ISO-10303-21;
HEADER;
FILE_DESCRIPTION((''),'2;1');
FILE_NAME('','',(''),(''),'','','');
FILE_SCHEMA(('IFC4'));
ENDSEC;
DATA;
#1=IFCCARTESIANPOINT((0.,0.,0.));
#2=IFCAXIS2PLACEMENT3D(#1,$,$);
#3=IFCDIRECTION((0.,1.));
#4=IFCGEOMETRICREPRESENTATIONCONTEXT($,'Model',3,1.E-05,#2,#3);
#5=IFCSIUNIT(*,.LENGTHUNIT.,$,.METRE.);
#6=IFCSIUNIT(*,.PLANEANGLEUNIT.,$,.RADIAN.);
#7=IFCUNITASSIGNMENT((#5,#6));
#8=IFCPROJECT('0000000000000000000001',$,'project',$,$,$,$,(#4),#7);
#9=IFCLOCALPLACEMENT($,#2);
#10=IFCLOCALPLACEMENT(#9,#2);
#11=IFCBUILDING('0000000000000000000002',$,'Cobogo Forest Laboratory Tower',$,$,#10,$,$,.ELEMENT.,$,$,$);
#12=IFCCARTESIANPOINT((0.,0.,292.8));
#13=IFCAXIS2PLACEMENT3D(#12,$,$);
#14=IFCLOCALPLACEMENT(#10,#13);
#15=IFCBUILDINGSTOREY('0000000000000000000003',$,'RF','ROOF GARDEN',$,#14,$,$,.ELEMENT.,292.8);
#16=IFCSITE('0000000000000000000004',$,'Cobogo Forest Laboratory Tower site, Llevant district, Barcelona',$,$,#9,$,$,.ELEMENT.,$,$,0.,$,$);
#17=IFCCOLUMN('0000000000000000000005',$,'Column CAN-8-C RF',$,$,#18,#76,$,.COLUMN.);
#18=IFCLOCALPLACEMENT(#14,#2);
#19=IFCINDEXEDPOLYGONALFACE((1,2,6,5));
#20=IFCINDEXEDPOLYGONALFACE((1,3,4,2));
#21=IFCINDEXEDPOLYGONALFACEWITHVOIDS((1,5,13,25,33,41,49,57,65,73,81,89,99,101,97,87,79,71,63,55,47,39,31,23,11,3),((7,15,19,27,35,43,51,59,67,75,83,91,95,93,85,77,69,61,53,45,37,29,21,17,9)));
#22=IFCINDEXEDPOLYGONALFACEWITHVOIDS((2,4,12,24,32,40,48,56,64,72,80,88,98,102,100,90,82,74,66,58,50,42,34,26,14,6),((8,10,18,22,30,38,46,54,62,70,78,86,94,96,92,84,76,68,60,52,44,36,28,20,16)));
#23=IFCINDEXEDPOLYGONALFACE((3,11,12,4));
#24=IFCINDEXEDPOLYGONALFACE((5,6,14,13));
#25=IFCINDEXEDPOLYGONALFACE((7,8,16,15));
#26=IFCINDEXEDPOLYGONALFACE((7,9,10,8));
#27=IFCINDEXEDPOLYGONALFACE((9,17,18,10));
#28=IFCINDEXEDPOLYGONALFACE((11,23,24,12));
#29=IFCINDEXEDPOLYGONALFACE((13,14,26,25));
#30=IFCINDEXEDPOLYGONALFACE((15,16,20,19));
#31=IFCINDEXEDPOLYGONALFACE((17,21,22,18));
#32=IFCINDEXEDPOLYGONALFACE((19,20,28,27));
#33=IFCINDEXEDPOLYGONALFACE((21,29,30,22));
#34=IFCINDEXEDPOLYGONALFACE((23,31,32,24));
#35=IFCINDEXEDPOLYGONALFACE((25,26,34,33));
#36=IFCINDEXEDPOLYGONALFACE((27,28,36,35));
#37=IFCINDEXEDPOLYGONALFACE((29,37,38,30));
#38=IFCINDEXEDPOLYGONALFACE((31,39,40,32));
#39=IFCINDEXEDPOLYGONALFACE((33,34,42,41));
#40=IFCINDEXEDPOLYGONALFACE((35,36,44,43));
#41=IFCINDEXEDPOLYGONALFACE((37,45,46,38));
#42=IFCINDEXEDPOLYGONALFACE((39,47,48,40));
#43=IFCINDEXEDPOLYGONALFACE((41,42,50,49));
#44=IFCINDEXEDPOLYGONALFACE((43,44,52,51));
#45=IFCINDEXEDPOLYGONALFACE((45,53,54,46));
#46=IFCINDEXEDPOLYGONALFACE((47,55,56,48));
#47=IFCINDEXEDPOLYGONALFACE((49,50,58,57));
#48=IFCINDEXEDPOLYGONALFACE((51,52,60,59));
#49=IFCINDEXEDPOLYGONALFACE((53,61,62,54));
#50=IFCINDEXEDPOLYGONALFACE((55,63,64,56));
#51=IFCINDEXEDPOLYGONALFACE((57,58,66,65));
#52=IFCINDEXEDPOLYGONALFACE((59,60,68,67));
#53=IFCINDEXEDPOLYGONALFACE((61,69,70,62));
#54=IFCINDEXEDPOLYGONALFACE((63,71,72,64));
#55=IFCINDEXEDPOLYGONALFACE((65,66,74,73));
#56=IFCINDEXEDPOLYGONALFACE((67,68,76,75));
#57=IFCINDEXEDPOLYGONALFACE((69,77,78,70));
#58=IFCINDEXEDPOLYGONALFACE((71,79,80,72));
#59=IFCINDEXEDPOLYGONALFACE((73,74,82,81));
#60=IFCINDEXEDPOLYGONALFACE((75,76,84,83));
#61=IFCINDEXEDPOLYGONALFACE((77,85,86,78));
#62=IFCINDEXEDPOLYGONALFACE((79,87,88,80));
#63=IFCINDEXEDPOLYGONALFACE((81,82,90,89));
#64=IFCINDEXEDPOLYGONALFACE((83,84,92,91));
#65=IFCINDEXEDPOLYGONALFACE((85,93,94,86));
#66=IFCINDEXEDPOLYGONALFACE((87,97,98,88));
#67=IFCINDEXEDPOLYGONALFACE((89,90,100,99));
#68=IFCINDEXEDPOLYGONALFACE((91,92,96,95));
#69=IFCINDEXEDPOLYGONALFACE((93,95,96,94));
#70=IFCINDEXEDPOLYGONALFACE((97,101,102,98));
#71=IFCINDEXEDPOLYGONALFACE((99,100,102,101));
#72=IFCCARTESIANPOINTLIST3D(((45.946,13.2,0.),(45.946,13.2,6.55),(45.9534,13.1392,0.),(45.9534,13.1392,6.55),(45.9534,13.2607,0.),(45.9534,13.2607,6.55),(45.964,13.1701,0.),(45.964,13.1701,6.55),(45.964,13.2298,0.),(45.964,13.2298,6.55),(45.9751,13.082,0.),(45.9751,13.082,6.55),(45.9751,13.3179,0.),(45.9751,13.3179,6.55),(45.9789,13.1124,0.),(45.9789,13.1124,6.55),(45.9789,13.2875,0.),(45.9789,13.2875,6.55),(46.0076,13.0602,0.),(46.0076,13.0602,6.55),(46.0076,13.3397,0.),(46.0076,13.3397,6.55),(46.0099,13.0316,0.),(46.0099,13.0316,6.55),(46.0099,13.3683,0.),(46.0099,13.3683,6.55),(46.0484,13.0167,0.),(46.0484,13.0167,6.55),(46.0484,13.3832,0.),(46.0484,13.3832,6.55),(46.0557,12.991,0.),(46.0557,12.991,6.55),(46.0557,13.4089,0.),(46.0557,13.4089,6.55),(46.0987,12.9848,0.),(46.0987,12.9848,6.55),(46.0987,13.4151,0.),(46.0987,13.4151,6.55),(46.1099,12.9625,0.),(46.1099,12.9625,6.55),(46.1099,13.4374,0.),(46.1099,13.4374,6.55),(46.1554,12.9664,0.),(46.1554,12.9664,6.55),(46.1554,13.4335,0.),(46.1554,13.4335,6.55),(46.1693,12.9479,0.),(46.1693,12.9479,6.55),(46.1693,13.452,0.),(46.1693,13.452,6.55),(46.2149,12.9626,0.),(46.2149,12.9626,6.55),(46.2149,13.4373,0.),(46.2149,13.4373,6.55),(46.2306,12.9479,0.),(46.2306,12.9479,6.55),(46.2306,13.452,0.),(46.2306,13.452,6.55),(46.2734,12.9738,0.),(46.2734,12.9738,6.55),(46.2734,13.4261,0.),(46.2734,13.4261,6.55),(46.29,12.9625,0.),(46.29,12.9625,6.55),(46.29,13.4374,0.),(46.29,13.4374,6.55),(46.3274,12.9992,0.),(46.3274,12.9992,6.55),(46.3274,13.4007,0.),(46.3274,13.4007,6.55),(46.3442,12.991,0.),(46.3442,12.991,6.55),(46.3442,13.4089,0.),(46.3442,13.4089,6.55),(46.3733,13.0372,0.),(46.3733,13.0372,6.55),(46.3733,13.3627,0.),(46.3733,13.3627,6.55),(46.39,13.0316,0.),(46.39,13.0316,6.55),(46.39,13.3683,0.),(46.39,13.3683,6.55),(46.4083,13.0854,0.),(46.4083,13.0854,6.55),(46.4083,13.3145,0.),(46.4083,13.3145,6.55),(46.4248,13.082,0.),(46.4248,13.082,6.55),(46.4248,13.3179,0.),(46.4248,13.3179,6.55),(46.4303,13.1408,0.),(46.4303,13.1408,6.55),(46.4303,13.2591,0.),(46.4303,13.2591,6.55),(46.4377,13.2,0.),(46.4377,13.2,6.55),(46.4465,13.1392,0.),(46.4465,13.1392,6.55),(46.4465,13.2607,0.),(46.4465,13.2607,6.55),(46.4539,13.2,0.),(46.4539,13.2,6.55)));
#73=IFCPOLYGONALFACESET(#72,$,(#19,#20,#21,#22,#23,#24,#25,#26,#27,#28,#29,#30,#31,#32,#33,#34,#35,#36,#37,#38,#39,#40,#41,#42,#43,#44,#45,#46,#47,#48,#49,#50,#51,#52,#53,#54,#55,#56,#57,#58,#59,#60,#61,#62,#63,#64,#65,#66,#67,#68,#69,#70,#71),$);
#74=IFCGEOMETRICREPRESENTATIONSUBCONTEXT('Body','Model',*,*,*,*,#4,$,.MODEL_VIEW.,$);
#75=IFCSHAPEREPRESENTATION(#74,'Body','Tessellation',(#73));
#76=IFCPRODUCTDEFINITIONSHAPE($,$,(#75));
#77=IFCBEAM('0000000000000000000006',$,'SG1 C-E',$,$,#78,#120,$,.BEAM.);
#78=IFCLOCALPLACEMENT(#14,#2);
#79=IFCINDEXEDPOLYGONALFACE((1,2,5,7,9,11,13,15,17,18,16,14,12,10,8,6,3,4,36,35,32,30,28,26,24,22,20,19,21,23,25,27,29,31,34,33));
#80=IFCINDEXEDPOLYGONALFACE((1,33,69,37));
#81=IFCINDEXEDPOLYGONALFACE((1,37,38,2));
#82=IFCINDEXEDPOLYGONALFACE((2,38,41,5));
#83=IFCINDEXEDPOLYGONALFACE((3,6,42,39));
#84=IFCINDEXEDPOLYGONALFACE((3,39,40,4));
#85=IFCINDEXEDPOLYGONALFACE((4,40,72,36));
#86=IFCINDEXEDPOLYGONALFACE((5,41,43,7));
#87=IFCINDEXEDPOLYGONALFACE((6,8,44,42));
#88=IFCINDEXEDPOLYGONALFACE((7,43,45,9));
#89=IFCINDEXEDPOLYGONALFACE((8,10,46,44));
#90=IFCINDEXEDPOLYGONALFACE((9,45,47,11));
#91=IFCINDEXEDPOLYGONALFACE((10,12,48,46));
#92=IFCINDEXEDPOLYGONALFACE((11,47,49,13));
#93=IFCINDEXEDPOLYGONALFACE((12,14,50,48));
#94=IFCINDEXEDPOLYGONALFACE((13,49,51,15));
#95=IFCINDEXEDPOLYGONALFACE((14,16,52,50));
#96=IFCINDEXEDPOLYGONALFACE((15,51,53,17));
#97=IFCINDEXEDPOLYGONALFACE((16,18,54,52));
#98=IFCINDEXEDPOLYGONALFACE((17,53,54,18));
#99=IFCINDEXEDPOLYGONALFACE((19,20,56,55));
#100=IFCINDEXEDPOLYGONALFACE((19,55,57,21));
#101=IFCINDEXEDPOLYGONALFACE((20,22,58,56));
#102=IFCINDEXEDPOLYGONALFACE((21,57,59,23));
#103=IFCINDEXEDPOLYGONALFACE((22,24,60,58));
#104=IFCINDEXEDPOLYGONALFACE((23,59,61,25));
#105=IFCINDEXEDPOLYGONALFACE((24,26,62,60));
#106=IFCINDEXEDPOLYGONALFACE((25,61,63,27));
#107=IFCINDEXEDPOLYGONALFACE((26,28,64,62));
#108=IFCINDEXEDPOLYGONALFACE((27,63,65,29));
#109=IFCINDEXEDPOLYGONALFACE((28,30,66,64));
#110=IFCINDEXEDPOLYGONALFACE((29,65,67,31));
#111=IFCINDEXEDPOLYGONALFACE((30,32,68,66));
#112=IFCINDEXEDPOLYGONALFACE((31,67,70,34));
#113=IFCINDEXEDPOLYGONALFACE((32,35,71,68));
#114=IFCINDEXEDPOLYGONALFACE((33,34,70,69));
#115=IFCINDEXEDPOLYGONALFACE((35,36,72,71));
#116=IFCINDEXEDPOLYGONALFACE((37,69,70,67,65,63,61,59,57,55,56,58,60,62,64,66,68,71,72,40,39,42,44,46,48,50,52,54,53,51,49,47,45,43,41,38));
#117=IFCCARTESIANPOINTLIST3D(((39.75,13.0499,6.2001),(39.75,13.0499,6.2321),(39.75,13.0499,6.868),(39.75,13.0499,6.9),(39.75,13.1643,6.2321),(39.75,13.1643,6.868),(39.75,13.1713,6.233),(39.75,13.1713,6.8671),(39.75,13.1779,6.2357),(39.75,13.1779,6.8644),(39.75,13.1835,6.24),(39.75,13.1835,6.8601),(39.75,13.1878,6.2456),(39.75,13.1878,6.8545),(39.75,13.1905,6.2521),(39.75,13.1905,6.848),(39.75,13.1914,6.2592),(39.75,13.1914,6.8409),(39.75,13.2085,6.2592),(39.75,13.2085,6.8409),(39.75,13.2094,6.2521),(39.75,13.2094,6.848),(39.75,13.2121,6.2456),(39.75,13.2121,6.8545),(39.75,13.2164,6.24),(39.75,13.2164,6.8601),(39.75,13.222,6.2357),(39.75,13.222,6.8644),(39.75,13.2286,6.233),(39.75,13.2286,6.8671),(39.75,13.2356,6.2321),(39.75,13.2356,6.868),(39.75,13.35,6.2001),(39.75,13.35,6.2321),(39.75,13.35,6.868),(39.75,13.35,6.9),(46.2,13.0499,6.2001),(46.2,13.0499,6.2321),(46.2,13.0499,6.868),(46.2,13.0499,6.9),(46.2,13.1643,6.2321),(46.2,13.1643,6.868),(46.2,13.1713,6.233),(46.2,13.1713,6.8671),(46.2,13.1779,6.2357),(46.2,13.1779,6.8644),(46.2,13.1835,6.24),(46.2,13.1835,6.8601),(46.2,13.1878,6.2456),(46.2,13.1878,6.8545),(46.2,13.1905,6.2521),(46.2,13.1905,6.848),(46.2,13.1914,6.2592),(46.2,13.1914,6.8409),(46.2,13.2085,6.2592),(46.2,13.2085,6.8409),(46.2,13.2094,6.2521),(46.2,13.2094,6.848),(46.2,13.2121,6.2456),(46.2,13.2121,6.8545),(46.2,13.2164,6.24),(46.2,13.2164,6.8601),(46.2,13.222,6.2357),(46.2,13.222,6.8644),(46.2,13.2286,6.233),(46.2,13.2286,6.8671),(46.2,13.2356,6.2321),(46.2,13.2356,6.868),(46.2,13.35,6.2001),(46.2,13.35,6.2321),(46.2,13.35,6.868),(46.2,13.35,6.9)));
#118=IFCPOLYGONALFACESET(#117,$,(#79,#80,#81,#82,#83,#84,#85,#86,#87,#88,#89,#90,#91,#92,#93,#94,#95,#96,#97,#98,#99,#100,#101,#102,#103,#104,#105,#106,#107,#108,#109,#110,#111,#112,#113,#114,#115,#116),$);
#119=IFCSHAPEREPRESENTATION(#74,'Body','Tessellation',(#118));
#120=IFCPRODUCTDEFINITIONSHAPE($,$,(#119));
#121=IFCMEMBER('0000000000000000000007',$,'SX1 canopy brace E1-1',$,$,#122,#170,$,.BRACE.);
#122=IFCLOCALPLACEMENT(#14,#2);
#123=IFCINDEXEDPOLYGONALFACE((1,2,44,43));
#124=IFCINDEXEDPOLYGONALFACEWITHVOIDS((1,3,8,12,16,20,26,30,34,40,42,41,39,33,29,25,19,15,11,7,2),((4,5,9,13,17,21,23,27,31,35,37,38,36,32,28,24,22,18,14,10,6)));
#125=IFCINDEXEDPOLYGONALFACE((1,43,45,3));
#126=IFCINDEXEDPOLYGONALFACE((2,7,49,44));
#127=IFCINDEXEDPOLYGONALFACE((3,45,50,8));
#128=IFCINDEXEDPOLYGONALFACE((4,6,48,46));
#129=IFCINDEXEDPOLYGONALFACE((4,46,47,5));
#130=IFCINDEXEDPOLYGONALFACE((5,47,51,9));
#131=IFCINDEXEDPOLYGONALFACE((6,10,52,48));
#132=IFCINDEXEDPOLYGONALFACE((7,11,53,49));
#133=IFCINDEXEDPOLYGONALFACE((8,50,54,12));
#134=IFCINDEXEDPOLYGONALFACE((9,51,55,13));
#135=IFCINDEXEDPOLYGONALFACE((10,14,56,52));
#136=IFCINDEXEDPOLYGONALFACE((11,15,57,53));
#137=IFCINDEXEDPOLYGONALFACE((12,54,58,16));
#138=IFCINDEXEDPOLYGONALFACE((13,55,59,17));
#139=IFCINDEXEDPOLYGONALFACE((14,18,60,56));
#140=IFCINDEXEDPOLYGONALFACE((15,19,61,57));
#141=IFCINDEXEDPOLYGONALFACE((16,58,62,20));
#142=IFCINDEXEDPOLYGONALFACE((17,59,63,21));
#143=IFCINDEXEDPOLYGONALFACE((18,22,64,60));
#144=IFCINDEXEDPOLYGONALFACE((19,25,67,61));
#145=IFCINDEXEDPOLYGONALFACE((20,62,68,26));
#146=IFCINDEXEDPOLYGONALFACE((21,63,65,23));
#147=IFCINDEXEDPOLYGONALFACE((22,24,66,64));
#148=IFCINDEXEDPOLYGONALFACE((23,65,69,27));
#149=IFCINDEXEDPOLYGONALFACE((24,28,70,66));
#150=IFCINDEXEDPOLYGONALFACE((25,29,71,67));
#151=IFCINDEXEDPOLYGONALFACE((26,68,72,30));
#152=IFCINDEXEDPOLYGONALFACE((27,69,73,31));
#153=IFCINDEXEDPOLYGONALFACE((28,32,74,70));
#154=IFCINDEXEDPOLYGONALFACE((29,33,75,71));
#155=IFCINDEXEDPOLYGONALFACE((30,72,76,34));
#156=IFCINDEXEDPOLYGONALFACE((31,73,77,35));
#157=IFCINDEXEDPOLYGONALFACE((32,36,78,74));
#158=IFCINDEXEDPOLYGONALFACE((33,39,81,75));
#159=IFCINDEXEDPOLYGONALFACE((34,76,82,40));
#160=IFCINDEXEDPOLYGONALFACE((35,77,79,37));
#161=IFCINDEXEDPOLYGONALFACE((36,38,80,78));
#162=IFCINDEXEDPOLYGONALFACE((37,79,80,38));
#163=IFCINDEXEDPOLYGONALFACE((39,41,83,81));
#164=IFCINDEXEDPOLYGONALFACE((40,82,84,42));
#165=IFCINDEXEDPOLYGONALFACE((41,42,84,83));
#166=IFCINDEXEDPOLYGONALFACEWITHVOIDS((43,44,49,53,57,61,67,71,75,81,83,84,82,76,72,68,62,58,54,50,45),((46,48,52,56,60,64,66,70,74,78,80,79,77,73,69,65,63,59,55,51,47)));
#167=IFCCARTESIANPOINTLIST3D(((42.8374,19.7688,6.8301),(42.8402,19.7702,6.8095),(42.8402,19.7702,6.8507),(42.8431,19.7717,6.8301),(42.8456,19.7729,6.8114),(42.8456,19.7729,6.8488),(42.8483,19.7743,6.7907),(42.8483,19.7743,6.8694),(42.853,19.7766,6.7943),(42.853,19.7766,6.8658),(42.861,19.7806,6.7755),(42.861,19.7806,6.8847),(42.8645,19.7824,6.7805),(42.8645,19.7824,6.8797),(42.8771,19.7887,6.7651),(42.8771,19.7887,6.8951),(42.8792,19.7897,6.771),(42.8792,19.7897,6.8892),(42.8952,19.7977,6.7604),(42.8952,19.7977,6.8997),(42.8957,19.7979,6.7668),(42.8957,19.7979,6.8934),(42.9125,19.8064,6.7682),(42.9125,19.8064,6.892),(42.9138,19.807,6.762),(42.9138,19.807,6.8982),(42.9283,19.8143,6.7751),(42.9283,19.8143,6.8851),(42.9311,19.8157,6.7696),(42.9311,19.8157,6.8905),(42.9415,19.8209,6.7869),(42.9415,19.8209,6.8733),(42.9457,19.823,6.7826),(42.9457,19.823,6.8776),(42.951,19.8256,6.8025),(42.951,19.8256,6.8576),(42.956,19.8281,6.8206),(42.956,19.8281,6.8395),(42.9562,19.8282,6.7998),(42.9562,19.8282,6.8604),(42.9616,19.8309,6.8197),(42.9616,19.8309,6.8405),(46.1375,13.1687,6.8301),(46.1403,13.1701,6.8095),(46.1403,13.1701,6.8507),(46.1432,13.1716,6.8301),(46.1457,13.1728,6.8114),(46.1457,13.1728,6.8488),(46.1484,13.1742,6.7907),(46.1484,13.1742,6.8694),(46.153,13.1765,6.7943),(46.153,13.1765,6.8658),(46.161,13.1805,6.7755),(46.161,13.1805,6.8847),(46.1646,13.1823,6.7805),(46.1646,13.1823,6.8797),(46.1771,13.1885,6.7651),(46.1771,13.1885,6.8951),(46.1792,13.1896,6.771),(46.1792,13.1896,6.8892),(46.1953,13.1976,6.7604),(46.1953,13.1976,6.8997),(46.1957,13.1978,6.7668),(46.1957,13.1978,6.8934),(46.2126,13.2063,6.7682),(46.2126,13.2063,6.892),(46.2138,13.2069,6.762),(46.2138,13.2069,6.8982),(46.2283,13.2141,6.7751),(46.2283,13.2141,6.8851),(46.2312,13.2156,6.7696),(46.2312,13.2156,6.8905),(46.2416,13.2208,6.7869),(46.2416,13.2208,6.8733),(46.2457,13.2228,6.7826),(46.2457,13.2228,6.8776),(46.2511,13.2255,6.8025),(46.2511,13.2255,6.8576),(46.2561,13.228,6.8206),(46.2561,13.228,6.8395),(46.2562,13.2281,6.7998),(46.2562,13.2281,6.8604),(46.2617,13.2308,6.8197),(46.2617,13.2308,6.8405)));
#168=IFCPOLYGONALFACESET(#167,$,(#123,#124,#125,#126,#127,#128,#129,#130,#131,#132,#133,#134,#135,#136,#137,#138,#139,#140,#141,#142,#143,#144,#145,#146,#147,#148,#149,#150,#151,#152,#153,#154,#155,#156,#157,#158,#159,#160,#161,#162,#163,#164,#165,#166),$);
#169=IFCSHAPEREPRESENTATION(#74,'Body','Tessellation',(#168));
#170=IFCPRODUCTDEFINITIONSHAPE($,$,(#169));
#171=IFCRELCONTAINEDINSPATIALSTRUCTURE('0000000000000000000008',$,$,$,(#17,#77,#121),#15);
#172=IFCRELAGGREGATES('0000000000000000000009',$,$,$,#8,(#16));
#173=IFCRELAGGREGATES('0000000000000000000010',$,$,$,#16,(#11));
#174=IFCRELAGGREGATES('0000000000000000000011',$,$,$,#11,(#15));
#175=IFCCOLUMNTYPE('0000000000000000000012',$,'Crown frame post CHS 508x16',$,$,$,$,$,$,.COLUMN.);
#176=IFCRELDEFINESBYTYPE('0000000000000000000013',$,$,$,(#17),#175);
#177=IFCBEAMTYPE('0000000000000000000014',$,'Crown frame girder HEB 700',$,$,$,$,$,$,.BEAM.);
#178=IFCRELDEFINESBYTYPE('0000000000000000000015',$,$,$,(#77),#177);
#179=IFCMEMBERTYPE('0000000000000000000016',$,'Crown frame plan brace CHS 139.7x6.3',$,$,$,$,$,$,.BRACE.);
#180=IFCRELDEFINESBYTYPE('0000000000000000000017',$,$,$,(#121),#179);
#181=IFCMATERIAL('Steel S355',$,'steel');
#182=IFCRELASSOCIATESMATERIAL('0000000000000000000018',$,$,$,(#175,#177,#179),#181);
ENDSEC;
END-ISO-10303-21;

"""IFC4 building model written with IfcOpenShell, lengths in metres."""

from ifc_helpers import new_model, si_unit, direction, frame, origin, origin_2d, place, context, subcontext, project, spatial, hollow_circle, i_section, extrude, material, material_profile, profile_set, type_object, element, save


model = new_model("IFC4")

# Units and contexts
model_context = context("Model", 3, precision=1e-05, world=origin(), true_north=direction((0.0, 1.0)))
body_context = subcontext(model_context, "Body", "Model", "MODEL_VIEW")
ifc_project = project(units=[si_unit("LENGTHUNIT", "METRE"), si_unit("PLANEANGLEUNIT", "RADIAN")], contexts=[model_context])

# Site, building, storey
site_placement = place(None, origin())
site = spatial("IfcSite", under=ifc_project, at=site_placement, Name="Cobogo Forest Laboratory Tower site, Llevant district, Barcelona", CompositionType="ELEMENT", RefElevation=0.0)
building_placement = place(site_placement, origin())
building = spatial("IfcBuilding", under=site, at=building_placement, Name="Cobogo Forest Laboratory Tower", CompositionType="ELEMENT")
storey_placement = place(building_placement, frame((0.0, 0.0, 292.8)))
storey = spatial("IfcBuildingStorey", under=building, at=storey_placement, Name="RF", Description="ROOF GARDEN", CompositionType="ELEMENT", Elevation=292.8)

# Column
ifc_material_1 = material(Name="Steel S355", Category="steel")
ifc_material_profile_1 = material_profile(ifc_material_1, hollow_circle(Radius=0.2539, WallThickness=0.0161, at=origin_2d()), Name="CHS 508x16")
ifc_profile_set_1 = profile_set([ifc_material_profile_1], Name="Steel S355")
column_type = type_object("IfcColumnType", Name="Crown frame post CHS 508x16", PredefinedType="COLUMN", material=ifc_profile_set_1)
column_placement = place(storey_placement, frame((46.2, 13.2, 0.0), z_axis=(0.0, 0.0, 1.0), x_axis=(1.0, 0.0, 0.0)))
element("IfcColumn", 1, at=column_placement, inside=storey, type_object=column_type, Name="Column CAN-8-C RF", PredefinedType="COLUMN", context=body_context, shape_type="SweptSolid", body=[
    extrude(hollow_circle(Radius=0.2539, WallThickness=0.0161, at=origin_2d()), origin(), (0.0, 0.0, 1.0), 6.55),
])

# Beam
ifc_material_profile_2 = material_profile(ifc_material_1, i_section(OverallWidth=0.3, OverallDepth=0.7, WebThickness=0.0171, FlangeThickness=0.032, FilletRadius=0.0271, at=origin_2d()), Name="HEB 700")
ifc_profile_set_2 = profile_set([ifc_material_profile_2], Name="Steel S355")
beam_type_1 = type_object("IfcBeamType", Name="Crown frame girder HEB 700", PredefinedType="BEAM", material=ifc_profile_set_2)
beam_1_placement = place(storey_placement, frame((39.75, 13.2, 6.55), z_axis=(1.0, 0.0, 0.0), x_axis=(0.0, 1.0, 0.0)))
element("IfcBeam", 2, at=beam_1_placement, inside=storey, type_object=beam_type_1, Name="SG1 C-E", PredefinedType="BEAM", context=body_context, shape_type="SweptSolid", body=[
    extrude(i_section(OverallWidth=0.3, OverallDepth=0.7, WebThickness=0.0171, FlangeThickness=0.032, FilletRadius=0.0271, at=origin_2d()), origin(), (0.0, 0.0, 1.0), 6.45),
])

# Member
ifc_material_profile_3 = material_profile(ifc_material_1, hollow_circle(Radius=0.0698, WallThickness=0.0063, at=origin_2d()), Name="CHS 139.7x6.3")
ifc_profile_set_3 = profile_set([ifc_material_profile_3], Name="Steel S355")
member_type_1 = type_object("IfcMemberType", Name="Crown frame plan brace CHS 139.7x6.3", PredefinedType="BRACE", material=ifc_profile_set_3)
member_1_placement = place(storey_placement, frame((46.2, 13.2, 6.8301), z_axis=(-0.447214, 0.894427, 0.0), x_axis=(-0.894427, -0.447214, 0.0)))
element("IfcMember", 3, at=member_1_placement, inside=storey, type_object=member_type_1, Name="SX1 canopy brace E1-1", PredefinedType="BRACE", context=body_context, shape_type="SweptSolid", body=[
    extrude(hollow_circle(Radius=0.0698, WallThickness=0.0063, at=origin_2d()), origin(), (0.0, 0.0, 1.0), 7.3792),
])

save(model, "model.ifc")
